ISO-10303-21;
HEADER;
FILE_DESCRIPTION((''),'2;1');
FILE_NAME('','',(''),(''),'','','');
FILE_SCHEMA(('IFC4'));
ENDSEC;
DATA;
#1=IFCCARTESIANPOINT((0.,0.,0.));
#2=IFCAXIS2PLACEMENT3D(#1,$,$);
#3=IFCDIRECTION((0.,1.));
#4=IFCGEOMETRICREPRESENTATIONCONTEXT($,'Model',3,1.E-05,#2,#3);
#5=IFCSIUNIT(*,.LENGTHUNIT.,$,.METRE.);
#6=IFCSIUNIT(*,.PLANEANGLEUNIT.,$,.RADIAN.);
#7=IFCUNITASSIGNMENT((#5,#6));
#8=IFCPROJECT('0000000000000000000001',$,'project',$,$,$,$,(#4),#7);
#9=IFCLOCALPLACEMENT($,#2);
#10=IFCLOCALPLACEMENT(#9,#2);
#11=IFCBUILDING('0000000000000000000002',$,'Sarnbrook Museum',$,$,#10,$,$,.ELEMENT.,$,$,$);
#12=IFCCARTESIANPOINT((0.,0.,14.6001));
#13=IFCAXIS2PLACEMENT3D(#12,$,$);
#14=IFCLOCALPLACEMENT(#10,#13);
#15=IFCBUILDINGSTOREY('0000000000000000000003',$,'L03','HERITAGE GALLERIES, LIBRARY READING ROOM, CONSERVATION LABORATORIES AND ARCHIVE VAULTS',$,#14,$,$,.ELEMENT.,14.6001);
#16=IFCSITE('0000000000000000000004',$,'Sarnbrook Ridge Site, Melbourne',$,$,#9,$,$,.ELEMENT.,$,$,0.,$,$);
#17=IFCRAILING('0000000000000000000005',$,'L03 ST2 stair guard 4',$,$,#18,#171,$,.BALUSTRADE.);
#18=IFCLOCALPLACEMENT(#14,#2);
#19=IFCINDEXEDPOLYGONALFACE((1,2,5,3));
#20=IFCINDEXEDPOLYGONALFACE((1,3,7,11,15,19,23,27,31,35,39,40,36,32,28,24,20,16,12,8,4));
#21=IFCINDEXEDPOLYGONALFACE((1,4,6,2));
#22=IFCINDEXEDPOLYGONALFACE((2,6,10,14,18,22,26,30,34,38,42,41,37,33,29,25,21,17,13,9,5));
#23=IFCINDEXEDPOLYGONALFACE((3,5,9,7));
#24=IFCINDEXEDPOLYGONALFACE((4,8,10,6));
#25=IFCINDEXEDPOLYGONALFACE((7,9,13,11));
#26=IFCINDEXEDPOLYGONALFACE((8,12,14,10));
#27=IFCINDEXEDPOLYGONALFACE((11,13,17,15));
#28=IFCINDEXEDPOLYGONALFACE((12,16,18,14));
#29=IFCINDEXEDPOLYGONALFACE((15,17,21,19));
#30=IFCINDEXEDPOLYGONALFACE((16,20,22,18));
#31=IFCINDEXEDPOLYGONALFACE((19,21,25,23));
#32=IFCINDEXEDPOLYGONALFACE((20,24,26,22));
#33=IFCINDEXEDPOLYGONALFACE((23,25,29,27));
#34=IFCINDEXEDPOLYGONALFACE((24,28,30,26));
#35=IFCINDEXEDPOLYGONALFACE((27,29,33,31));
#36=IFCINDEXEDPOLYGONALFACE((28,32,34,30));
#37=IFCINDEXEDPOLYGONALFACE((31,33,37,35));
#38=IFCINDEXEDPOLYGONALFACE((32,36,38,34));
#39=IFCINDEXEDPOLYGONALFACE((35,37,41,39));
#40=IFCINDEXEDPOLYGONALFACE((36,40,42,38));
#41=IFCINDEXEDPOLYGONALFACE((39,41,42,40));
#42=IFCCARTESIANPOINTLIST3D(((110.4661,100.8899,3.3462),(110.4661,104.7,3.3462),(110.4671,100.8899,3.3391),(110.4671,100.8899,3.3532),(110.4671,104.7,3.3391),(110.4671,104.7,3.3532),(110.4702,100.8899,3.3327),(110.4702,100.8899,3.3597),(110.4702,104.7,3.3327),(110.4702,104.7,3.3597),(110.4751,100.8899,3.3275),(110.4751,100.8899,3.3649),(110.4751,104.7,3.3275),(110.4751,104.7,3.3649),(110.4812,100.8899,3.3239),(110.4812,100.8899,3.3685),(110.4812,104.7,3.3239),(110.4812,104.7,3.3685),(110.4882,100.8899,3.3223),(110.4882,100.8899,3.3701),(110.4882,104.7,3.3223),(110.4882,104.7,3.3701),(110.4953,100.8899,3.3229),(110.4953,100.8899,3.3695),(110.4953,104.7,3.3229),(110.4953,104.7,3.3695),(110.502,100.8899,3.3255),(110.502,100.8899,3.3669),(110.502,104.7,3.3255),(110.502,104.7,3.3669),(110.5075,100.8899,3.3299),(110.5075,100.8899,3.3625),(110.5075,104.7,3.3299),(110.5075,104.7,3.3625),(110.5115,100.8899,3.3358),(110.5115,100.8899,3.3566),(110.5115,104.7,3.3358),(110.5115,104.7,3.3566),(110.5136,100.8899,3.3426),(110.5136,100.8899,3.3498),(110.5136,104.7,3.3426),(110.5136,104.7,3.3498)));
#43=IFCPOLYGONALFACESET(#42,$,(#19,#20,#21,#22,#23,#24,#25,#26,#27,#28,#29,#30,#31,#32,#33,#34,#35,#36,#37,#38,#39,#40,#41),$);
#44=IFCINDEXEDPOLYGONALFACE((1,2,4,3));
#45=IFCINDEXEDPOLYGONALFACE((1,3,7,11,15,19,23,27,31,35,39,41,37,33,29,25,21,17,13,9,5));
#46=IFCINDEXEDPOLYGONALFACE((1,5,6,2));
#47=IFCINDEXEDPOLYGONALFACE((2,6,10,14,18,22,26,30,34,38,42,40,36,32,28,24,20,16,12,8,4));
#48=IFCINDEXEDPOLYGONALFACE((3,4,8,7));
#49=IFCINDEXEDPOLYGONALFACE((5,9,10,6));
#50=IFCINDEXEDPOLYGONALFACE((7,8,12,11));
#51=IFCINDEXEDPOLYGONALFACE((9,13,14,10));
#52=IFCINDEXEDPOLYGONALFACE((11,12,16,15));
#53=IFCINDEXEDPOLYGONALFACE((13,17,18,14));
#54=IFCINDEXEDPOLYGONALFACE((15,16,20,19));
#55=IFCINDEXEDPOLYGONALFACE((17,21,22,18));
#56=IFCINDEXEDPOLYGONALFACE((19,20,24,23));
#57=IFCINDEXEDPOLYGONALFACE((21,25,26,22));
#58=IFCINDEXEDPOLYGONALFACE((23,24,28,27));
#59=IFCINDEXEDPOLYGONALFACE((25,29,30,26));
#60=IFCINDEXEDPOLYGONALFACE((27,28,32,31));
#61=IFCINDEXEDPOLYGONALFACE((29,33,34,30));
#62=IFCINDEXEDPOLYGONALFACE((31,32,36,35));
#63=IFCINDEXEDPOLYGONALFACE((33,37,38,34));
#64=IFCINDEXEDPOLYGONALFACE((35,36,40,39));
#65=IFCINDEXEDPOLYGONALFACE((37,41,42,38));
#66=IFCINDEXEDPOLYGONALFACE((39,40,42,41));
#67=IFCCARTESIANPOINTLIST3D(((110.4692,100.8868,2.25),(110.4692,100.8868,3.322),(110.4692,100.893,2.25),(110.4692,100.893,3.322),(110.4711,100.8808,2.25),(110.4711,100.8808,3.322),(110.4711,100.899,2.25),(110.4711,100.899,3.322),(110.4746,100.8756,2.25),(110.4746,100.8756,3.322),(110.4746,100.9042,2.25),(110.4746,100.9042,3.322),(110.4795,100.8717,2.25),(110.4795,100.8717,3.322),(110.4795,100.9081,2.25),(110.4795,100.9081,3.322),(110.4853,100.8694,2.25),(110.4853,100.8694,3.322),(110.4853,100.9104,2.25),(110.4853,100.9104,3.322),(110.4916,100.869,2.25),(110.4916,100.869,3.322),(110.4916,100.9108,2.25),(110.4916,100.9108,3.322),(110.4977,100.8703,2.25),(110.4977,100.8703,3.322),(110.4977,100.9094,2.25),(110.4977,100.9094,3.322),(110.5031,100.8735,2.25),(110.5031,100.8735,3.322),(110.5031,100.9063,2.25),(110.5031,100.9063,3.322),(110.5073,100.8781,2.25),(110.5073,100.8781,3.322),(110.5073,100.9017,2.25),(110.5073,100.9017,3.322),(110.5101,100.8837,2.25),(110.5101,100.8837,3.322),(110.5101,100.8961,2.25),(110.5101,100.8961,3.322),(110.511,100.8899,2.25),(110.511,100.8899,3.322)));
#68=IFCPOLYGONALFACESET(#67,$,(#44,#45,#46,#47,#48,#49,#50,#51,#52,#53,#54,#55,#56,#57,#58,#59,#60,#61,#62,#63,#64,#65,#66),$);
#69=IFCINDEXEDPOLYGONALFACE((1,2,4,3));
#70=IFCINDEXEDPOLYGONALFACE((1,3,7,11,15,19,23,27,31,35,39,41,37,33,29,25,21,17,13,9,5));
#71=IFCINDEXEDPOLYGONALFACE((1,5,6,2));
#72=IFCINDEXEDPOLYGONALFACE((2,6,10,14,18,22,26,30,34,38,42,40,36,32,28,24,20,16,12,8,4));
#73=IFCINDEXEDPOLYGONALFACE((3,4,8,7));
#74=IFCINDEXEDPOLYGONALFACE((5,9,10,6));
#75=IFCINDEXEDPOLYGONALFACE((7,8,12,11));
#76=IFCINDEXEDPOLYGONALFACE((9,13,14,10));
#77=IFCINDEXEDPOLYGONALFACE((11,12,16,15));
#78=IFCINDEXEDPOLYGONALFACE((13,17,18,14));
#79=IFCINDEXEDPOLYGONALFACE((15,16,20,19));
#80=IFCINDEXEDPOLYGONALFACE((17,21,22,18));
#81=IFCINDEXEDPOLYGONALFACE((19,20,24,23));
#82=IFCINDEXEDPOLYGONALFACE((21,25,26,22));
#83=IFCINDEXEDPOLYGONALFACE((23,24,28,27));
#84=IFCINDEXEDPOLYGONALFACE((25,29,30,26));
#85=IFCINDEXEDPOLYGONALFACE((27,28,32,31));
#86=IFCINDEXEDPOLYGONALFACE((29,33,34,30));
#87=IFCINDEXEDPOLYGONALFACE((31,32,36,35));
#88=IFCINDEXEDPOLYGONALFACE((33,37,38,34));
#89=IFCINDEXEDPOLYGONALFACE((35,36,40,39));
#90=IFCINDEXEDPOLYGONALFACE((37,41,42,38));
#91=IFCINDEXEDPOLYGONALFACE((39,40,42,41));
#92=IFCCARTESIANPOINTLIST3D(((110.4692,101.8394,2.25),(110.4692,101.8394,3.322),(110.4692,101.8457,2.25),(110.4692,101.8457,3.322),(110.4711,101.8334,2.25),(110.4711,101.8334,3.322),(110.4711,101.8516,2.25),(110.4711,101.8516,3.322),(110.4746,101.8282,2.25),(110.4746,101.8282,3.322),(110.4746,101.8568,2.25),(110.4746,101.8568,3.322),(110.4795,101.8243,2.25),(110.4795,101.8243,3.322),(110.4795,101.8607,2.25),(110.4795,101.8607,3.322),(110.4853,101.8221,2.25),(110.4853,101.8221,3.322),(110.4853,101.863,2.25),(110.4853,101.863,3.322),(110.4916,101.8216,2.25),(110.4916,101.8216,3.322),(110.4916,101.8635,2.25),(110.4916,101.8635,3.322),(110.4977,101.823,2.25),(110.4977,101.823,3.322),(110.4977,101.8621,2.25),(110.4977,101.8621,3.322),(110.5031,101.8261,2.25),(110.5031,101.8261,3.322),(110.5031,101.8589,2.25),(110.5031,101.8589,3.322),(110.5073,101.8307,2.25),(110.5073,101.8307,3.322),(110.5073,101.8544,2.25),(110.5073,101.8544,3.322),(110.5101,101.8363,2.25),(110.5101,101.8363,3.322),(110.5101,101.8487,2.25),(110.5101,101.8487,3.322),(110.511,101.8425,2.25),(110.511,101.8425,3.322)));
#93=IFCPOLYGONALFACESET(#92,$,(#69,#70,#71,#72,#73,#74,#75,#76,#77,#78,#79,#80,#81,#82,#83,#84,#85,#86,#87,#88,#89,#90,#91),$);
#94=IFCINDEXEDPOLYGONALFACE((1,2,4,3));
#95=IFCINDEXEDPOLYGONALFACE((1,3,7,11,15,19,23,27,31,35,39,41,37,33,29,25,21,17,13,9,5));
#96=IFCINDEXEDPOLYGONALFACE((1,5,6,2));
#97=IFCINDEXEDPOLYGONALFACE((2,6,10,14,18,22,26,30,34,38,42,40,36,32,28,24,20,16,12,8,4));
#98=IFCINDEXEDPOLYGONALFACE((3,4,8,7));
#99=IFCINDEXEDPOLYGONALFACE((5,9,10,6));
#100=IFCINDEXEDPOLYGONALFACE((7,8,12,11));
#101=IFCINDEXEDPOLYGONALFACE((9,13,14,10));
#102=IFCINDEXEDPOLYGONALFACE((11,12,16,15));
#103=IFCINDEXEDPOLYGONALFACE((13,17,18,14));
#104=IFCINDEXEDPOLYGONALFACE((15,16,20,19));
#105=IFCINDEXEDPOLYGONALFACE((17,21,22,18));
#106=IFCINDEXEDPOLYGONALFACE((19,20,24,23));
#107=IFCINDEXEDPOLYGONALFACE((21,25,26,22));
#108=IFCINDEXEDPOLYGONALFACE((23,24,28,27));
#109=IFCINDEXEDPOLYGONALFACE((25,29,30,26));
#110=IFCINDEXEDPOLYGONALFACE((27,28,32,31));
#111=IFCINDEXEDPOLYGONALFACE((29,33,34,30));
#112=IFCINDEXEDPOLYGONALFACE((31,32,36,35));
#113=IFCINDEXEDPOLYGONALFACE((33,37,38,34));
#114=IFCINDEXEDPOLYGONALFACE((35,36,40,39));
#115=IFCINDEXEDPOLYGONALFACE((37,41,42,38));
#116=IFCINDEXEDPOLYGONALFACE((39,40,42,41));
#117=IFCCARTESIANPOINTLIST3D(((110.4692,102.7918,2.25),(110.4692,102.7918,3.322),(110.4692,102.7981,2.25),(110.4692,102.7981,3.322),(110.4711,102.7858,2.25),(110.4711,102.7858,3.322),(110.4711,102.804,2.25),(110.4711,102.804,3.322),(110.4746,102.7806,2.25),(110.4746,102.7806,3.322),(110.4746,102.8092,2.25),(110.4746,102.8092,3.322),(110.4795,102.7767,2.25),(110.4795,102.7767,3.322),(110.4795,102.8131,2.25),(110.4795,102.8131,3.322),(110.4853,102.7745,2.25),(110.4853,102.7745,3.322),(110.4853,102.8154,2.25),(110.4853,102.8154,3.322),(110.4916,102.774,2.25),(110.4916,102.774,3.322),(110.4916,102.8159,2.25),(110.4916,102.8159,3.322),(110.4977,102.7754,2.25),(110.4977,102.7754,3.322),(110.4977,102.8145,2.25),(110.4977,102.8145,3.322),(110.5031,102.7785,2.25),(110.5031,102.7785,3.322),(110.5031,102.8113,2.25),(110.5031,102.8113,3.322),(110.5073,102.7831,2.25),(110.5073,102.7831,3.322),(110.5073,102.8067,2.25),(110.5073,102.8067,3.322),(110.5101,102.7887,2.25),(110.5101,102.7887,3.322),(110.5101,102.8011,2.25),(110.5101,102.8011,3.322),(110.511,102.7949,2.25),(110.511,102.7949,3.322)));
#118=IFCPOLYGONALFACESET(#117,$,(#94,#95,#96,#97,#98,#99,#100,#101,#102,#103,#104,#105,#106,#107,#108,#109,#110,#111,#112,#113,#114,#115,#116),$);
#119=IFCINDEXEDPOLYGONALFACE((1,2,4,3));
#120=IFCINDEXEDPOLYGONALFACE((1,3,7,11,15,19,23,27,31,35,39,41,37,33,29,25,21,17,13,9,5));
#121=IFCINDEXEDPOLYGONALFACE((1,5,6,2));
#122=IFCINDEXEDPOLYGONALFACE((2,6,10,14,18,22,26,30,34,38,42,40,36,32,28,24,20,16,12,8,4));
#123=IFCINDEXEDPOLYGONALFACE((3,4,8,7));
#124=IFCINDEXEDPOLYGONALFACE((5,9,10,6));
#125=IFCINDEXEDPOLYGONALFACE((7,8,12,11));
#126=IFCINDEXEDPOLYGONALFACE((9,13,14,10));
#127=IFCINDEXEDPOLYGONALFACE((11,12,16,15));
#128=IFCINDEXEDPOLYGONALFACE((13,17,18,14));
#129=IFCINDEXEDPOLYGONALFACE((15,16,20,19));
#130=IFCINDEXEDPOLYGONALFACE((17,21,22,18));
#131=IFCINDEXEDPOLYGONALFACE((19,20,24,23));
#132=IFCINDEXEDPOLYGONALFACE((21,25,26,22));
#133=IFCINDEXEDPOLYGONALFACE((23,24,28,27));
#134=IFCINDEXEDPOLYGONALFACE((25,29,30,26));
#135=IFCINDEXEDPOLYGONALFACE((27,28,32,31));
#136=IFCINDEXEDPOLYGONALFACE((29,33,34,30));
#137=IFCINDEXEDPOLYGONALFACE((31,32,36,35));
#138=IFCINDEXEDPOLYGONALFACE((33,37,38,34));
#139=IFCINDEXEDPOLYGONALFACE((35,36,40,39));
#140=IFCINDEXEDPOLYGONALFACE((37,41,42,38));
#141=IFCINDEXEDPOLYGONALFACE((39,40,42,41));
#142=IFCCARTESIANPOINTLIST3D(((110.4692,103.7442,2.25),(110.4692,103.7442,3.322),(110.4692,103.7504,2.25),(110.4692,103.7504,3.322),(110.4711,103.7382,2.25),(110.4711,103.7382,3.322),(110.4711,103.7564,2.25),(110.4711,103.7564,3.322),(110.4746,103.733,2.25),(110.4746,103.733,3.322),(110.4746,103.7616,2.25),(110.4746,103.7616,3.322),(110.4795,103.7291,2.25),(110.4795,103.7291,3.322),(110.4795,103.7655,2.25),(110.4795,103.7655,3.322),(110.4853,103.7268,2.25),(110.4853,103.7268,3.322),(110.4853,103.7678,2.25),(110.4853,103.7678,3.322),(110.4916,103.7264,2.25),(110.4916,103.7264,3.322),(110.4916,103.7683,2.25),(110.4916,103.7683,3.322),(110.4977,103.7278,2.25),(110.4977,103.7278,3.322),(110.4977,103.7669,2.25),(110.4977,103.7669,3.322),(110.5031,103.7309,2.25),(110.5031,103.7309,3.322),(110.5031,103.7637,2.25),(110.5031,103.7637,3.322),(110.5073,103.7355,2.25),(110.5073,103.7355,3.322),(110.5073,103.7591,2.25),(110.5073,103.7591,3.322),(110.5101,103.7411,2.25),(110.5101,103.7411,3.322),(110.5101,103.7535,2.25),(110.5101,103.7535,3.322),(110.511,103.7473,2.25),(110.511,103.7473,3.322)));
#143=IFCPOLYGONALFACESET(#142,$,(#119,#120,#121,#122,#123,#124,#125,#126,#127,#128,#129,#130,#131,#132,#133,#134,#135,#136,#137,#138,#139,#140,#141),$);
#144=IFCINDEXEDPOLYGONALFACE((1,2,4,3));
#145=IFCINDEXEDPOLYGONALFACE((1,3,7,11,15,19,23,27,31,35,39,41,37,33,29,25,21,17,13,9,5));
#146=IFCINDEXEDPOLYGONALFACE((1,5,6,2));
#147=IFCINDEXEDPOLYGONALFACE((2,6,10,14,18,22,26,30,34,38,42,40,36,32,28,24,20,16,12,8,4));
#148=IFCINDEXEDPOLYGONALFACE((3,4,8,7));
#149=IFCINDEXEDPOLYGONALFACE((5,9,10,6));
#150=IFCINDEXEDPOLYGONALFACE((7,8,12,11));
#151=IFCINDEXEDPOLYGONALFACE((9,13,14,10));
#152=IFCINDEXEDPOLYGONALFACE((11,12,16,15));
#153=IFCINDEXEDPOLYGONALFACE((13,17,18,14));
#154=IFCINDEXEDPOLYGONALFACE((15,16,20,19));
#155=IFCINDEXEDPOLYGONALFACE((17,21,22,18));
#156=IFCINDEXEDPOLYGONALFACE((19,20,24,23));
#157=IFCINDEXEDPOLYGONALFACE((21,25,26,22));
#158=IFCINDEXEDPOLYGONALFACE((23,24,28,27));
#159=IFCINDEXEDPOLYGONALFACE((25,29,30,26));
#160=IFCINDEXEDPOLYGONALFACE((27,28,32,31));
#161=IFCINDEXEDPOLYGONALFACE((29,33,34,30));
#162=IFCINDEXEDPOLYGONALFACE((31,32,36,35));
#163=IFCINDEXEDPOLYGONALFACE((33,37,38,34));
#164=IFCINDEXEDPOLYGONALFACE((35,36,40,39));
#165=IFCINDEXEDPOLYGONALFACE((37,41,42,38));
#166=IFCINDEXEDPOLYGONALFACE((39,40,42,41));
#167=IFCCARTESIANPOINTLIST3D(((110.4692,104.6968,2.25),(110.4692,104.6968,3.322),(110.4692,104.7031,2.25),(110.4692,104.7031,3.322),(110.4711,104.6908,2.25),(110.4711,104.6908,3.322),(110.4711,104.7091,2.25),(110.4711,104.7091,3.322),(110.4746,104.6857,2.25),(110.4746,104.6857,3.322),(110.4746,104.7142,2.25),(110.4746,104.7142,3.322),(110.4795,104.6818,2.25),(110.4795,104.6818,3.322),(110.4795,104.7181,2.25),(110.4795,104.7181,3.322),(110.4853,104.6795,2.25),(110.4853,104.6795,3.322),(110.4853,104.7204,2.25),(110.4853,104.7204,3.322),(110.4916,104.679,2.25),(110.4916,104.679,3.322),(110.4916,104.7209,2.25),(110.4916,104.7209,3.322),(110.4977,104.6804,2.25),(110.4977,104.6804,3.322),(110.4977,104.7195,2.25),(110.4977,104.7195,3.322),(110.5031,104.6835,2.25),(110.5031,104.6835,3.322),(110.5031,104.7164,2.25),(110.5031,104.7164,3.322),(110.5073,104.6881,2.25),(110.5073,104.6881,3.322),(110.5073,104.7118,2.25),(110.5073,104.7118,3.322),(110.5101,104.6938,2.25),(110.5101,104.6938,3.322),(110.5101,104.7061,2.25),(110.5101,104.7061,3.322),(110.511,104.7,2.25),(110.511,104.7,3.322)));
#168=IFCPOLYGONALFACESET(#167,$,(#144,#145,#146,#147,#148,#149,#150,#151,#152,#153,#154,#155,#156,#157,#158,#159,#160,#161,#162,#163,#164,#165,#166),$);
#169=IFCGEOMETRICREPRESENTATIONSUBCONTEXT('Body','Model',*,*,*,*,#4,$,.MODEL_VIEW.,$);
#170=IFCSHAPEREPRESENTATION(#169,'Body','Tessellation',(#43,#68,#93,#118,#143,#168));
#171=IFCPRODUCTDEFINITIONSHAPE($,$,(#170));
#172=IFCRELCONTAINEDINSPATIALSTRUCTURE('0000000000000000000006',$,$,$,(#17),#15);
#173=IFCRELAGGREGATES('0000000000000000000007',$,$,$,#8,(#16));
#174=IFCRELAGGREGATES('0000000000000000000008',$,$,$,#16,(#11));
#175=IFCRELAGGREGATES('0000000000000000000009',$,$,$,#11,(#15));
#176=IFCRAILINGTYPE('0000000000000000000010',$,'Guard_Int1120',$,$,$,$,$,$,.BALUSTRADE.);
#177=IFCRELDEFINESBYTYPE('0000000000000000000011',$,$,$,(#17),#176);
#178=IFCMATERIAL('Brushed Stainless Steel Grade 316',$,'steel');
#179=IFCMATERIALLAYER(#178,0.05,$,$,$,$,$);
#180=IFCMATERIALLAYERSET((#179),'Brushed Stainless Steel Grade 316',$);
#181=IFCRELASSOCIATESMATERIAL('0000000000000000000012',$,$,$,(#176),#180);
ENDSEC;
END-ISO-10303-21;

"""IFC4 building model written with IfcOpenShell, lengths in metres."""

from ifc_helpers import new_model, si_unit, direction, frame, origin, origin_2d, place, context, subcontext, project, spatial, circle, extrude, material, layer, layer_set, type_object, element, save


model = new_model("IFC4")

# Units and contexts
model_context = context("Model", 3, precision=1e-05, world=origin(), true_north=direction((0.0, 1.0)))
body_context = subcontext(model_context, "Body", "Model", "MODEL_VIEW")
ifc_project = project(units=[si_unit("LENGTHUNIT", "METRE"), si_unit("PLANEANGLEUNIT", "RADIAN")], contexts=[model_context])

# Site, building, storey
site_placement = place(None, origin())
site = spatial("IfcSite", under=ifc_project, at=site_placement, Name="Sarnbrook Ridge Site, Melbourne", CompositionType="ELEMENT", RefElevation=0.0)
building_placement = place(site_placement, origin())
building = spatial("IfcBuilding", under=site, at=building_placement, Name="Sarnbrook Museum", CompositionType="ELEMENT")
storey_placement = place(building_placement, frame((0.0, 0.0, 14.6001)))
storey = spatial("IfcBuildingStorey", under=building, at=storey_placement, Name="L03", Description="HERITAGE GALLERIES, LIBRARY READING ROOM, CONSERVATION LABORATORIES AND ARCHIVE VAULTS", CompositionType="ELEMENT", Elevation=14.6001)

# Railing
ifc_material_1 = material(Name="Brushed Stainless Steel Grade 316", Category="steel")
ifc_layer_1 = layer(ifc_material_1, 0.05)
ifc_layer_set_1 = layer_set([ifc_layer_1], Name="Brushed Stainless Steel Grade 316")
railing_type_1 = type_object("IfcRailingType", Name="Guard_Int1120", PredefinedType="BALUSTRADE", material=ifc_layer_set_1)
railing_1_placement = place(storey_placement, frame((110.49, 100.8899, 2.25)))
element("IfcRailing", 1, at=railing_1_placement, inside=storey, type_object=railing_type_1, Name="L03 ST2 stair guard 4", PredefinedType="BALUSTRADE", context=body_context, shape_type="SweptSolid", body=[
    extrude(circle(Radius=0.0239, at=origin_2d()), frame((0.0, 0.0, 1.0962), z_axis=(0.0, 1.0, 0.0), x_axis=(-1.0, 0.0, 0.0)), (0.0, 0.0, 1.0), 3.8101),
    extrude(circle(Radius=0.021, at=origin_2d()), origin(), (0.0, 0.0, 1.0), 1.072),
    extrude(circle(Radius=0.021, at=origin_2d()), frame((0.0, 0.9526, 0.0)), (0.0, 0.0, 1.0), 1.072),
    extrude(circle(Radius=0.021, at=origin_2d()), frame((0.0, 1.905, 0.0)), (0.0, 0.0, 1.0), 1.072),
    extrude(circle(Radius=0.021, at=origin_2d()), frame((0.0, 2.8574, 0.0)), (0.0, 0.0, 1.0), 1.072),
    extrude(circle(Radius=0.021, at=origin_2d()), frame((0.0, 3.8101, 0.0)), (0.0, 0.0, 1.0), 1.072),
])

save(model, "model.ifc")
